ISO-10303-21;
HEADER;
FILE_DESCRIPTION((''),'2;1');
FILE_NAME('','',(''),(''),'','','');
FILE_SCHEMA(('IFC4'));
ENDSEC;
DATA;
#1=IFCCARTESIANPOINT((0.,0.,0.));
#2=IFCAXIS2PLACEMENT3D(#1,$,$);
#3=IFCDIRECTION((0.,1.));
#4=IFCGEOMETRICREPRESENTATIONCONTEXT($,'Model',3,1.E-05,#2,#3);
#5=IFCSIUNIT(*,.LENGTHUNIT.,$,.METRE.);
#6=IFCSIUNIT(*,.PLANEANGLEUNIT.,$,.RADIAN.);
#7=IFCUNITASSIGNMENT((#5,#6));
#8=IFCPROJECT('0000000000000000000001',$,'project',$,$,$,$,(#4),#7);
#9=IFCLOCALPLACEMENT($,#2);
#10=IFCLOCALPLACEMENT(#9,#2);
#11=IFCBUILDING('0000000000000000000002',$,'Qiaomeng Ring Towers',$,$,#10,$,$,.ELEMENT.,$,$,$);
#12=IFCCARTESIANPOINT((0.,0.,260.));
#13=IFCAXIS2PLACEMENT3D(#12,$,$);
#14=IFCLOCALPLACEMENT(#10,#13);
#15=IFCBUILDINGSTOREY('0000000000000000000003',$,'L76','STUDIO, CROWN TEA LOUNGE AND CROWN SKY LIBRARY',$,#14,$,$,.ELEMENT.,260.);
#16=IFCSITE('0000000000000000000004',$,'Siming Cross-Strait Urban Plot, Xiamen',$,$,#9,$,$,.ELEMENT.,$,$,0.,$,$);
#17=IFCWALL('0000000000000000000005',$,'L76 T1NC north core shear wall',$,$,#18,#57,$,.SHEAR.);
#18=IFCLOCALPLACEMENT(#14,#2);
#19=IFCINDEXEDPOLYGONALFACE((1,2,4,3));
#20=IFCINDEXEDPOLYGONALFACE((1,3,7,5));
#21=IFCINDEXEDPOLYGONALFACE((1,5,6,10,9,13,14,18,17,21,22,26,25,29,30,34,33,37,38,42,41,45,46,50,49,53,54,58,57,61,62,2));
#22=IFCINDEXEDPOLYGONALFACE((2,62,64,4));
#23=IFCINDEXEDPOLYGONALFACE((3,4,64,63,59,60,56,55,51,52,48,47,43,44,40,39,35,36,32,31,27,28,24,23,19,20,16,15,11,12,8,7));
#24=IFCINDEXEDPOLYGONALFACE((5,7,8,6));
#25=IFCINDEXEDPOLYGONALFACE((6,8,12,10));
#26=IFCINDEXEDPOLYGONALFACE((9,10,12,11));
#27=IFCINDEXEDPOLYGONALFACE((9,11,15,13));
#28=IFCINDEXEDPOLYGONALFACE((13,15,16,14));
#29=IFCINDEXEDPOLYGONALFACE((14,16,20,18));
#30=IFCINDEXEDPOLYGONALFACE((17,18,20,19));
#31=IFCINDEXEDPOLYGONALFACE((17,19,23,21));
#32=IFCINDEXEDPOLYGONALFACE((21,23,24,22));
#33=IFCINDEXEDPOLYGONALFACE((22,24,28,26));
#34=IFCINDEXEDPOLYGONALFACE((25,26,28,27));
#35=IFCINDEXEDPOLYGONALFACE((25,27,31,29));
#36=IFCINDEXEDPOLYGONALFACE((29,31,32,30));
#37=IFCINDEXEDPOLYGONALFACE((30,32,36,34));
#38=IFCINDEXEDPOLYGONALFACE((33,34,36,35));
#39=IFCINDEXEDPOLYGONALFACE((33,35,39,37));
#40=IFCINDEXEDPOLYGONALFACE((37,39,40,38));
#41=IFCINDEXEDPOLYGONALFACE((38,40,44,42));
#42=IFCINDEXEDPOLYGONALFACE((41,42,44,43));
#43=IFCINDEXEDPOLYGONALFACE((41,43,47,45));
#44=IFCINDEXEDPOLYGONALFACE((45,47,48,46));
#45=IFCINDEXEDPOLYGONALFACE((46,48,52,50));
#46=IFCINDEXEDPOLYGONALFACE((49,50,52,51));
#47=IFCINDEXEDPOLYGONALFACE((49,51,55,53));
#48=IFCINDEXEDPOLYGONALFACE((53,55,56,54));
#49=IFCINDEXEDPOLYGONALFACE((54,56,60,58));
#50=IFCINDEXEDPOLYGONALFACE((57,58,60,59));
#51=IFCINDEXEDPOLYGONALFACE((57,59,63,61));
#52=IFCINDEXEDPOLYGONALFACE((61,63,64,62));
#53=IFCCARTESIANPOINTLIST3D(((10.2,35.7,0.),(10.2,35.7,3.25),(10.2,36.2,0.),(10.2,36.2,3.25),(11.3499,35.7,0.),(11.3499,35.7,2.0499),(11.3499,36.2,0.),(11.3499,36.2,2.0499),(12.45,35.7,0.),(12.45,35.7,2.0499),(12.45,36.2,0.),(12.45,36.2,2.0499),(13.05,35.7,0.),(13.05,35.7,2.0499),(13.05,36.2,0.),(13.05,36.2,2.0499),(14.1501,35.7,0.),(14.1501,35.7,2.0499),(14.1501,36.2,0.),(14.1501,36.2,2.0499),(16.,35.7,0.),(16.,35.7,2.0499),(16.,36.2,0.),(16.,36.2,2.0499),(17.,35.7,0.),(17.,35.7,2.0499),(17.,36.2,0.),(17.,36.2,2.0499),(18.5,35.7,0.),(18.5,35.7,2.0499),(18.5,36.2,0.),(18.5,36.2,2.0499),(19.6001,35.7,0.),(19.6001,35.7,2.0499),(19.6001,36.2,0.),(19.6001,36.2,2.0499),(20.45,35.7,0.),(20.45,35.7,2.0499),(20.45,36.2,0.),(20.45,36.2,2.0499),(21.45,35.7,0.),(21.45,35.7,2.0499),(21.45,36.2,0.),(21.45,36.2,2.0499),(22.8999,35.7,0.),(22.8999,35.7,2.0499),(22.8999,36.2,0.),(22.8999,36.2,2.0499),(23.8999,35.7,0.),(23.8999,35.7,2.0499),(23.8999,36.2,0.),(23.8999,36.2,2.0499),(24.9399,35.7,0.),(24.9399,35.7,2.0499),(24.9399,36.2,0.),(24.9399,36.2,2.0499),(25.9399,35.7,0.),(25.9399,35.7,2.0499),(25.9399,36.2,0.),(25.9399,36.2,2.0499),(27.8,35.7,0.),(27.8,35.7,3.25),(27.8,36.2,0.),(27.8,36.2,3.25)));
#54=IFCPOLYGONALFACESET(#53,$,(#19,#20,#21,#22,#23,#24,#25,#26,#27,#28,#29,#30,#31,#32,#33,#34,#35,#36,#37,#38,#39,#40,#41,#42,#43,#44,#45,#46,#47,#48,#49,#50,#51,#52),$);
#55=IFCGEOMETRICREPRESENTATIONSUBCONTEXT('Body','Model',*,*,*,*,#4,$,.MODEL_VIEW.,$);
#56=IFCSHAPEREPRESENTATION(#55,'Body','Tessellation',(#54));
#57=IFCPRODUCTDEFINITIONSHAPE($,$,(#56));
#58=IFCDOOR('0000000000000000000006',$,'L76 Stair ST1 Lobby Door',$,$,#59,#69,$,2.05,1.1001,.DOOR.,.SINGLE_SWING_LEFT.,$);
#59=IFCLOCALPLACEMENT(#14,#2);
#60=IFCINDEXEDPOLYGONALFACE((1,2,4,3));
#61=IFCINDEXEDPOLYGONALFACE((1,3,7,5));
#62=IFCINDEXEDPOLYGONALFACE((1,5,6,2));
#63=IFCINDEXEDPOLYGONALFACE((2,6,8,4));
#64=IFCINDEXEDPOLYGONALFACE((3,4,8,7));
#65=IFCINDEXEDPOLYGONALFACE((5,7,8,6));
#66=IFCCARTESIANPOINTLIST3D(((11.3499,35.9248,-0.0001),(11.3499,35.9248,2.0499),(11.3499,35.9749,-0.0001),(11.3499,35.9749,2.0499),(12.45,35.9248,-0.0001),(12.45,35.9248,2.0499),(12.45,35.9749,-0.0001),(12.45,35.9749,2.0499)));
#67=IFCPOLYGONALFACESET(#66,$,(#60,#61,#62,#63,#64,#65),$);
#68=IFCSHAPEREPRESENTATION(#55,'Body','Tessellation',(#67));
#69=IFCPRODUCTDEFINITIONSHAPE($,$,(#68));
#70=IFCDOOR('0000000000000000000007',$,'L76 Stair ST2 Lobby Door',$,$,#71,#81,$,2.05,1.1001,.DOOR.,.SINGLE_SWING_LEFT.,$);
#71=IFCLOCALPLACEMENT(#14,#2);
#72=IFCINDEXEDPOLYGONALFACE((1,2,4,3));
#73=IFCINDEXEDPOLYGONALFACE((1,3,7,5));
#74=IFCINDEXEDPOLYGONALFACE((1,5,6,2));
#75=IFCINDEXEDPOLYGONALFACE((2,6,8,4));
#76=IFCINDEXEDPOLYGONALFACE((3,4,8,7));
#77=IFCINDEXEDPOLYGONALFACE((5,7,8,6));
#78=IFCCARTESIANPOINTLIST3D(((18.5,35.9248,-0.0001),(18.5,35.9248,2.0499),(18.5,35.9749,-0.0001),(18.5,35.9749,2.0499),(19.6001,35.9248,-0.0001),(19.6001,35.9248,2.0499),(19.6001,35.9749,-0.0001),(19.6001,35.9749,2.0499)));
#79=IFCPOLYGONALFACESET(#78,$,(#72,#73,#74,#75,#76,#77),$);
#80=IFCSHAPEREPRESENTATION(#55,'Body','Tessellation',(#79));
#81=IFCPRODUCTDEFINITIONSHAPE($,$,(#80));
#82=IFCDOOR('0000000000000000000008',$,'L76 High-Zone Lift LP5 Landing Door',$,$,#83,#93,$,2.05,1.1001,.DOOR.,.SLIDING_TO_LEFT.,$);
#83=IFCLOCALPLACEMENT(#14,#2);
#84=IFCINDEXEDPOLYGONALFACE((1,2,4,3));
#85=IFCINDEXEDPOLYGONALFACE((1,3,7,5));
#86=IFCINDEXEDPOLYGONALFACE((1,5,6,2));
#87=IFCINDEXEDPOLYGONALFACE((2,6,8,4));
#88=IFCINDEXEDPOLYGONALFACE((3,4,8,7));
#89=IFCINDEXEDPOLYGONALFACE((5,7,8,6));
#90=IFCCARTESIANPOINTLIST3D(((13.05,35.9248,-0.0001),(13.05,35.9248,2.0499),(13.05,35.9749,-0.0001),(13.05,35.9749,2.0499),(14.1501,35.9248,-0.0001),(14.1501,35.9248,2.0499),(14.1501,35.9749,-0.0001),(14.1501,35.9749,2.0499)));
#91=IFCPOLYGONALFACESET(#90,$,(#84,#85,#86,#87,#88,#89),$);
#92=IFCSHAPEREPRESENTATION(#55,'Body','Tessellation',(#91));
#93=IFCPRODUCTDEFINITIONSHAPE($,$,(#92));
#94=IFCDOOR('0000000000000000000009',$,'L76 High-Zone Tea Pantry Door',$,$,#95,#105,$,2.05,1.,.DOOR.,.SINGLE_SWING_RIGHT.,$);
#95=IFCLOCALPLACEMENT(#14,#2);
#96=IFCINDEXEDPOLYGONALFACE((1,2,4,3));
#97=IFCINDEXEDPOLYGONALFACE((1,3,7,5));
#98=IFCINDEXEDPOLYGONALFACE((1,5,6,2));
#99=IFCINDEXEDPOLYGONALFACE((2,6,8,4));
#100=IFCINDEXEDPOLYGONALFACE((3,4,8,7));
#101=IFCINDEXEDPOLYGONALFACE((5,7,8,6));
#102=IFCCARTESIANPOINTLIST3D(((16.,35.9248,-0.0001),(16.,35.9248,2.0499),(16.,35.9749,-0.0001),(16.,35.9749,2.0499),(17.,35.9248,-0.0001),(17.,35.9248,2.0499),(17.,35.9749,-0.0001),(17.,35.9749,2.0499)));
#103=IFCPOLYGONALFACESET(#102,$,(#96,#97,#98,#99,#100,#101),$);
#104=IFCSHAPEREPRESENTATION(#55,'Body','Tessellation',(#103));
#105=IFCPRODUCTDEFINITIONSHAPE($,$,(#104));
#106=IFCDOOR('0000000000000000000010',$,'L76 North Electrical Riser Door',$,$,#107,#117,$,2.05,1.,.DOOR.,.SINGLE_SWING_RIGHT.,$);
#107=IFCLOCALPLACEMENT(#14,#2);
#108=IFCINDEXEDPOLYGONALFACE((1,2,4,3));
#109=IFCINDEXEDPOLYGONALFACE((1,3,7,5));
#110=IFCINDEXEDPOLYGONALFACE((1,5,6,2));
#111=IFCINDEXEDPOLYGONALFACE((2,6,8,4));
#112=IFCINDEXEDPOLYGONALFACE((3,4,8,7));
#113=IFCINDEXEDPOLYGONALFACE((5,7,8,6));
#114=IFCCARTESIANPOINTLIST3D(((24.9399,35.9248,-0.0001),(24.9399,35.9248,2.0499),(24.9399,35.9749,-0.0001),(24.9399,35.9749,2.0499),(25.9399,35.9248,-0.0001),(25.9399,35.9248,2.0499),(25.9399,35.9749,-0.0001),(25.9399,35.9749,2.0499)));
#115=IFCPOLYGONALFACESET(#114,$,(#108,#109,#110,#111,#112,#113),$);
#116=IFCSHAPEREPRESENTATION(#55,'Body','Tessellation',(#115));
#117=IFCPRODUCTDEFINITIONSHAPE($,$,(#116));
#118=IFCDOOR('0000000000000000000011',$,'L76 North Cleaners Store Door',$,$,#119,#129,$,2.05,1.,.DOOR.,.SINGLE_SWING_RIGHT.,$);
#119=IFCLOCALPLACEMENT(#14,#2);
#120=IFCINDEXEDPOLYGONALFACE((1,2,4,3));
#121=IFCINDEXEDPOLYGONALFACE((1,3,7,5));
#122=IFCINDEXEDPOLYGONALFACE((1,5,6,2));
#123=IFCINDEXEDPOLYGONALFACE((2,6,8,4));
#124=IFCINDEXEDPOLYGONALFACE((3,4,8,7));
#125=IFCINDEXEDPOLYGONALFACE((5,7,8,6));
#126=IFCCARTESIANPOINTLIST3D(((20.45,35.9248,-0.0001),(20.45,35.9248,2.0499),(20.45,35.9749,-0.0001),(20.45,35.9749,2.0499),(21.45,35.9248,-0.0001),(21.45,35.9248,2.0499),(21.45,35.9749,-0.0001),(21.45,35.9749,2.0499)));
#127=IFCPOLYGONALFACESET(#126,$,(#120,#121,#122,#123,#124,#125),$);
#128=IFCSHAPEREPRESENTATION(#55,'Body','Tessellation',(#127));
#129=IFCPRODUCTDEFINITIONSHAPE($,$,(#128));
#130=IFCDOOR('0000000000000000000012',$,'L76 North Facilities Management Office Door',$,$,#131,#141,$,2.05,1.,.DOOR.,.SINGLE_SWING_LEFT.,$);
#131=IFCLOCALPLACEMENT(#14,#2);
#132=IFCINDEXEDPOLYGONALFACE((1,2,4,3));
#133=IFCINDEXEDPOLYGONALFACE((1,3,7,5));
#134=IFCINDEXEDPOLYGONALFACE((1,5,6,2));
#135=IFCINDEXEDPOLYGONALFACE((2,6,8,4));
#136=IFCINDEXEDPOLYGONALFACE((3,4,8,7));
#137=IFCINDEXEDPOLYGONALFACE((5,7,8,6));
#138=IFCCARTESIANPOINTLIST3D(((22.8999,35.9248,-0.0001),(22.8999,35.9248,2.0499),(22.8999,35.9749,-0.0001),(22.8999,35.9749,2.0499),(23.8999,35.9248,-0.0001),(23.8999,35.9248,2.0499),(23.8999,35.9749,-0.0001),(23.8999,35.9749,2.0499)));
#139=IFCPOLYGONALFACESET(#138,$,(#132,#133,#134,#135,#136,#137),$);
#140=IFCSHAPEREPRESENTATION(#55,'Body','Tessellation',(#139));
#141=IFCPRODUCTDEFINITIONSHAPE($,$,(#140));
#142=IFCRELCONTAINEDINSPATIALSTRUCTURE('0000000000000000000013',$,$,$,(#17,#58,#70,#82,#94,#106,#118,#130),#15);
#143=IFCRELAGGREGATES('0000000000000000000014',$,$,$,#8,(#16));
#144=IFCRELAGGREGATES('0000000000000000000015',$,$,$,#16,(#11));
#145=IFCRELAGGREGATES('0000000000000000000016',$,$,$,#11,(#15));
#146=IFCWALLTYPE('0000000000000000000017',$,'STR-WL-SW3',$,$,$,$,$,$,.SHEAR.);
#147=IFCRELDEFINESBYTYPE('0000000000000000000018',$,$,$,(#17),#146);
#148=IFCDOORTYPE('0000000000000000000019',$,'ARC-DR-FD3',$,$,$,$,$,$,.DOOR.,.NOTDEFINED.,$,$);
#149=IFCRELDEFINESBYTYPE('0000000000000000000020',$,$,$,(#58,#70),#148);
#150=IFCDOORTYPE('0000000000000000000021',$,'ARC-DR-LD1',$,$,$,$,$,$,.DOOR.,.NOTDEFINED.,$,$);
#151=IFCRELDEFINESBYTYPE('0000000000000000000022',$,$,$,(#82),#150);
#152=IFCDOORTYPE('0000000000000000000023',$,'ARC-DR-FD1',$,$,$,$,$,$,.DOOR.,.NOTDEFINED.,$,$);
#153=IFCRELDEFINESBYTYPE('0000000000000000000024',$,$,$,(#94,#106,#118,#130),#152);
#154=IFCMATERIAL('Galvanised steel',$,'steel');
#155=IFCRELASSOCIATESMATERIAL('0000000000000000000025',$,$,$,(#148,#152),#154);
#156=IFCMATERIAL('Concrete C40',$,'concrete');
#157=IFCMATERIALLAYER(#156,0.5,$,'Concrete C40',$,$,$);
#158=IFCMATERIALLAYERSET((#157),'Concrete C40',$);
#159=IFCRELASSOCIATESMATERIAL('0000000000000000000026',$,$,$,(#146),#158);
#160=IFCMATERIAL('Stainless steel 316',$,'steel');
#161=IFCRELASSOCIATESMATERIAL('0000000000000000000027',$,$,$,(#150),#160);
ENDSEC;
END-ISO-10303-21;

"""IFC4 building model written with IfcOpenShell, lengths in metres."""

from ifc_helpers import new_model, si_unit, direction, frame, frame_2d, origin, place, context, subcontext, project, spatial, rectangle, extrude, source, transform, mapped, material, layer, layer_set, type_object, element, fill, save


model = new_model("IFC4")

# Units and contexts
model_context = context("Model", 3, precision=1e-05, world=origin(), true_north=direction((0.0, 1.0)))
body_context = subcontext(model_context, "Body", "Model", "MODEL_VIEW")
ifc_project = project(units=[si_unit("LENGTHUNIT", "METRE"), si_unit("PLANEANGLEUNIT", "RADIAN")], contexts=[model_context])

# Site, building, storey
site_placement = place(None, origin())
site = spatial("IfcSite", under=ifc_project, at=site_placement, Name="Siming Cross-Strait Urban Plot, Xiamen", CompositionType="ELEMENT", RefElevation=0.0)
building_placement = place(site_placement, origin())
building = spatial("IfcBuilding", under=site, at=building_placement, Name="Qiaomeng Ring Towers", CompositionType="ELEMENT")
storey_placement = place(building_placement, frame((0.0, 0.0, 260.0)))
storey = spatial("IfcBuildingStorey", under=building, at=storey_placement, Name="L76", Description="STUDIO, CROWN TEA LOUNGE AND CROWN SKY LIBRARY", CompositionType="ELEMENT", Elevation=260.0)

# Shared definitions
ifc_material_1 = material(Name="Concrete C40", Category="concrete")

# Shared definitions
ifc_material_2 = material(Name="Galvanised steel", Category="steel")
door_type_1 = type_object("IfcDoorType", Name="ARC-DR-FD3", OperationType="NOTDEFINED", PredefinedType="DOOR", material=ifc_material_2)
shared_shape_1 = source(origin(), body_context, "Body", "SweptSolid", [
    extrude(rectangle(XDim=1.1001, YDim=2.05, at=frame_2d((0.55, 1.0249))), frame((0.0, 0.0249, 0.0), z_axis=(0.0, -1.0, 0.0), x_axis=(1.0, 0.0, 0.0)), (0.0, 0.0, 1.0), 0.05),
])

# Wall, openings, doors
ifc_layer_1 = layer(ifc_material_1, 0.5, Name="Concrete C40")
ifc_layer_set_1 = layer_set([ifc_layer_1], Name="Concrete C40")
wall_type_1 = type_object("IfcWallType", Name="STR-WL-SW3", PredefinedType="SHEAR", material=ifc_layer_set_1)
wall_1_placement = place(storey_placement, frame((10.2, 35.95, 0.0), z_axis=(0.0, 0.0, 1.0), x_axis=(1.0, 0.0, 0.0)))
wall_1 = element("IfcWall", 1, at=wall_1_placement, inside=storey, type_object=wall_type_1, Name="L76 T1NC north core shear wall", PredefinedType="SHEAR", context=body_context, shape_type="SweptSolid", body=[
    extrude(rectangle(XDim=17.6001, YDim=0.5, at=frame_2d((8.8, 0.0))), origin(), (0.0, 0.0, 1.0), 3.25),
])
opening_1_placement = place(wall_1_placement, frame((1.1499, 0.0, 0.0)))
opening_1 = element("IfcOpeningElement", 2, at=opening_1_placement, cuts=wall_1, PredefinedType="OPENING", context=body_context, shape_type="SweptSolid", body=[
    extrude(rectangle(XDim=1.1001, YDim=2.05, at=frame_2d((0.55, 1.0249))), frame((0.0, 0.26, 0.0), z_axis=(0.0, -1.0, 0.0), x_axis=(1.0, 0.0, 0.0)), (0.0, 0.0, 1.0), 0.52),
])
opening_2_placement = place(wall_1_placement, frame((8.3, 0.0, 0.0)))
opening_2 = element("IfcOpeningElement", 3, at=opening_2_placement, cuts=wall_1, PredefinedType="OPENING", context=body_context, shape_type="SweptSolid", body=[
    extrude(rectangle(XDim=1.1001, YDim=2.05, at=frame_2d((0.55, 1.0249))), frame((0.0, 0.26, 0.0), z_axis=(0.0, -1.0, 0.0), x_axis=(1.0, 0.0, 0.0)), (0.0, 0.0, 1.0), 0.52),
])
opening_3_placement = place(wall_1_placement, frame((2.8501, 0.0, 0.0)))
opening_3 = element("IfcOpeningElement", 4, at=opening_3_placement, cuts=wall_1, PredefinedType="OPENING", context=body_context, shape_type="SweptSolid", body=[
    extrude(rectangle(XDim=1.1001, YDim=2.05, at=frame_2d((0.55, 1.0249))), frame((0.0, 0.26, 0.0), z_axis=(0.0, -1.0, 0.0), x_axis=(1.0, 0.0, 0.0)), (0.0, 0.0, 1.0), 0.52),
])
opening_4_placement = place(wall_1_placement, frame((5.8, 0.0, 0.0)))
opening_4 = element("IfcOpeningElement", 5, at=opening_4_placement, cuts=wall_1, PredefinedType="OPENING", context=body_context, shape_type="SweptSolid", body=[
    extrude(rectangle(XDim=1.0, YDim=2.05, at=frame_2d((0.5, 1.0249))), frame((0.0, 0.26, 0.0), z_axis=(0.0, -1.0, 0.0), x_axis=(1.0, 0.0, 0.0)), (0.0, 0.0, 1.0), 0.52),
])
opening_5_placement = place(wall_1_placement, frame((14.74, 0.0, 0.0)))
opening_5 = element("IfcOpeningElement", 6, at=opening_5_placement, cuts=wall_1, PredefinedType="OPENING", context=body_context, shape_type="SweptSolid", body=[
    extrude(rectangle(XDim=1.0, YDim=2.05, at=frame_2d((0.5, 1.0249))), frame((0.0, 0.26, 0.0), z_axis=(0.0, -1.0, 0.0), x_axis=(1.0, 0.0, 0.0)), (0.0, 0.0, 1.0), 0.52),
])
opening_6_placement = place(wall_1_placement, frame((10.25, 0.0, 0.0)))
opening_6 = element("IfcOpeningElement", 7, at=opening_6_placement, cuts=wall_1, PredefinedType="OPENING", context=body_context, shape_type="SweptSolid", body=[
    extrude(rectangle(XDim=1.0, YDim=2.05, at=frame_2d((0.5, 1.0249))), frame((0.0, 0.26, 0.0), z_axis=(0.0, -1.0, 0.0), x_axis=(1.0, 0.0, 0.0)), (0.0, 0.0, 1.0), 0.52),
])
opening_7_placement = place(wall_1_placement, frame((12.7, 0.0, 0.0)))
opening_7 = element("IfcOpeningElement", 8, at=opening_7_placement, cuts=wall_1, PredefinedType="OPENING", context=body_context, shape_type="SweptSolid", body=[
    extrude(rectangle(XDim=1.0, YDim=2.05, at=frame_2d((0.5, 1.0249))), frame((0.0, 0.26, 0.0), z_axis=(0.0, -1.0, 0.0), x_axis=(1.0, 0.0, 0.0)), (0.0, 0.0, 1.0), 0.52),
])
door_1_placement = place(opening_1_placement, origin())
door_1 = element("IfcDoor", 9, at=door_1_placement, inside=storey, type_object=door_type_1, Name="L76 Stair ST1 Lobby Door", OperationType="SINGLE_SWING_LEFT", OverallHeight=2.05, OverallWidth=1.1001, PredefinedType="DOOR", context=body_context, shape_type="MappedRepresentation", body=[
    mapped(shared_shape_1, transform((0.0, 0.0, 0.0), x_axis=(1.0, 0.0, 0.0), y_axis=(0.0, 1.0, 0.0), z_axis=(0.0, 0.0, 1.0), scale=1.0)),
])
fill(opening_1, door_1)
door_2_placement = place(opening_2_placement, origin())
door_2 = element("IfcDoor", 10, at=door_2_placement, inside=storey, type_object=door_type_1, Name="L76 Stair ST2 Lobby Door", OperationType="SINGLE_SWING_LEFT", OverallHeight=2.05, OverallWidth=1.1001, PredefinedType="DOOR", context=body_context, shape_type="MappedRepresentation", body=[
    mapped(shared_shape_1, transform((0.0, 0.0, 0.0), x_axis=(1.0, 0.0, 0.0), y_axis=(0.0, 1.0, 0.0), z_axis=(0.0, 0.0, 1.0), scale=1.0)),
])
fill(opening_2, door_2)
ifc_material_3 = material(Name="Stainless steel 316", Category="steel")
door_type_2 = type_object("IfcDoorType", Name="ARC-DR-LD1", OperationType="NOTDEFINED", PredefinedType="DOOR", material=ifc_material_3)
door_3_placement = place(opening_3_placement, origin())
door_3 = element("IfcDoor", 11, at=door_3_placement, inside=storey, type_object=door_type_2, Name="L76 High-Zone Lift LP5 Landing Door", OperationType="SLIDING_TO_LEFT", OverallHeight=2.05, OverallWidth=1.1001, PredefinedType="DOOR", context=body_context, shape_type="MappedRepresentation", body=[
    mapped(shared_shape_1, transform((0.0, 0.0, 0.0), x_axis=(1.0, 0.0, 0.0), y_axis=(0.0, 1.0, 0.0), z_axis=(0.0, 0.0, 1.0), scale=1.0)),
])
fill(opening_3, door_3)
door_type_3 = type_object("IfcDoorType", Name="ARC-DR-FD1", OperationType="NOTDEFINED", PredefinedType="DOOR", material=ifc_material_2)
shared_shape_2 = source(origin(), body_context, "Body", "SweptSolid", [
    extrude(rectangle(XDim=1.0, YDim=2.05, at=frame_2d((0.5, 1.0249))), frame((0.0, 0.0249, 0.0), z_axis=(0.0, -1.0, 0.0), x_axis=(1.0, 0.0, 0.0)), (0.0, 0.0, 1.0), 0.05),
])
door_4_placement = place(opening_4_placement, origin())
door_4 = element("IfcDoor", 12, at=door_4_placement, inside=storey, type_object=door_type_3, Name="L76 High-Zone Tea Pantry Door", OperationType="SINGLE_SWING_RIGHT", OverallHeight=2.05, OverallWidth=1.0, PredefinedType="DOOR", context=body_context, shape_type="MappedRepresentation", body=[
    mapped(shared_shape_2, transform((0.0, 0.0, 0.0), x_axis=(1.0, 0.0, 0.0), y_axis=(0.0, 1.0, 0.0), z_axis=(0.0, 0.0, 1.0), scale=1.0)),
])
fill(opening_4, door_4)
door_5_placement = place(opening_5_placement, origin())
door_5 = element("IfcDoor", 13, at=door_5_placement, inside=storey, type_object=door_type_3, Name="L76 North Electrical Riser Door", OperationType="SINGLE_SWING_RIGHT", OverallHeight=2.05, OverallWidth=1.0, PredefinedType="DOOR", context=body_context, shape_type="MappedRepresentation", body=[
    mapped(shared_shape_2, transform((0.0, 0.0, 0.0), x_axis=(1.0, 0.0, 0.0), y_axis=(0.0, 1.0, 0.0), z_axis=(0.0, 0.0, 1.0), scale=1.0)),
])
fill(opening_5, door_5)
door_6_placement = place(opening_6_placement, origin())
door_6 = element("IfcDoor", 14, at=door_6_placement, inside=storey, type_object=door_type_3, Name="L76 North Cleaners Store Door", OperationType="SINGLE_SWING_RIGHT", OverallHeight=2.05, OverallWidth=1.0, PredefinedType="DOOR", context=body_context, shape_type="MappedRepresentation", body=[
    mapped(shared_shape_2, transform((0.0, 0.0, 0.0), x_axis=(1.0, 0.0, 0.0), y_axis=(0.0, 1.0, 0.0), z_axis=(0.0, 0.0, 1.0), scale=1.0)),
])
fill(opening_6, door_6)
door_7_placement = place(opening_7_placement, origin())
door_7 = element("IfcDoor", 15, at=door_7_placement, inside=storey, type_object=door_type_3, Name="L76 North Facilities Management Office Door", OperationType="SINGLE_SWING_LEFT", OverallHeight=2.05, OverallWidth=1.0, PredefinedType="DOOR", context=body_context, shape_type="MappedRepresentation", body=[
    mapped(shared_shape_2, transform((0.0, 0.0, 0.0), x_axis=(1.0, 0.0, 0.0), y_axis=(0.0, 1.0, 0.0), z_axis=(0.0, 0.0, 1.0), scale=1.0)),
])
fill(opening_7, door_7)

save(model, "model.ifc")
